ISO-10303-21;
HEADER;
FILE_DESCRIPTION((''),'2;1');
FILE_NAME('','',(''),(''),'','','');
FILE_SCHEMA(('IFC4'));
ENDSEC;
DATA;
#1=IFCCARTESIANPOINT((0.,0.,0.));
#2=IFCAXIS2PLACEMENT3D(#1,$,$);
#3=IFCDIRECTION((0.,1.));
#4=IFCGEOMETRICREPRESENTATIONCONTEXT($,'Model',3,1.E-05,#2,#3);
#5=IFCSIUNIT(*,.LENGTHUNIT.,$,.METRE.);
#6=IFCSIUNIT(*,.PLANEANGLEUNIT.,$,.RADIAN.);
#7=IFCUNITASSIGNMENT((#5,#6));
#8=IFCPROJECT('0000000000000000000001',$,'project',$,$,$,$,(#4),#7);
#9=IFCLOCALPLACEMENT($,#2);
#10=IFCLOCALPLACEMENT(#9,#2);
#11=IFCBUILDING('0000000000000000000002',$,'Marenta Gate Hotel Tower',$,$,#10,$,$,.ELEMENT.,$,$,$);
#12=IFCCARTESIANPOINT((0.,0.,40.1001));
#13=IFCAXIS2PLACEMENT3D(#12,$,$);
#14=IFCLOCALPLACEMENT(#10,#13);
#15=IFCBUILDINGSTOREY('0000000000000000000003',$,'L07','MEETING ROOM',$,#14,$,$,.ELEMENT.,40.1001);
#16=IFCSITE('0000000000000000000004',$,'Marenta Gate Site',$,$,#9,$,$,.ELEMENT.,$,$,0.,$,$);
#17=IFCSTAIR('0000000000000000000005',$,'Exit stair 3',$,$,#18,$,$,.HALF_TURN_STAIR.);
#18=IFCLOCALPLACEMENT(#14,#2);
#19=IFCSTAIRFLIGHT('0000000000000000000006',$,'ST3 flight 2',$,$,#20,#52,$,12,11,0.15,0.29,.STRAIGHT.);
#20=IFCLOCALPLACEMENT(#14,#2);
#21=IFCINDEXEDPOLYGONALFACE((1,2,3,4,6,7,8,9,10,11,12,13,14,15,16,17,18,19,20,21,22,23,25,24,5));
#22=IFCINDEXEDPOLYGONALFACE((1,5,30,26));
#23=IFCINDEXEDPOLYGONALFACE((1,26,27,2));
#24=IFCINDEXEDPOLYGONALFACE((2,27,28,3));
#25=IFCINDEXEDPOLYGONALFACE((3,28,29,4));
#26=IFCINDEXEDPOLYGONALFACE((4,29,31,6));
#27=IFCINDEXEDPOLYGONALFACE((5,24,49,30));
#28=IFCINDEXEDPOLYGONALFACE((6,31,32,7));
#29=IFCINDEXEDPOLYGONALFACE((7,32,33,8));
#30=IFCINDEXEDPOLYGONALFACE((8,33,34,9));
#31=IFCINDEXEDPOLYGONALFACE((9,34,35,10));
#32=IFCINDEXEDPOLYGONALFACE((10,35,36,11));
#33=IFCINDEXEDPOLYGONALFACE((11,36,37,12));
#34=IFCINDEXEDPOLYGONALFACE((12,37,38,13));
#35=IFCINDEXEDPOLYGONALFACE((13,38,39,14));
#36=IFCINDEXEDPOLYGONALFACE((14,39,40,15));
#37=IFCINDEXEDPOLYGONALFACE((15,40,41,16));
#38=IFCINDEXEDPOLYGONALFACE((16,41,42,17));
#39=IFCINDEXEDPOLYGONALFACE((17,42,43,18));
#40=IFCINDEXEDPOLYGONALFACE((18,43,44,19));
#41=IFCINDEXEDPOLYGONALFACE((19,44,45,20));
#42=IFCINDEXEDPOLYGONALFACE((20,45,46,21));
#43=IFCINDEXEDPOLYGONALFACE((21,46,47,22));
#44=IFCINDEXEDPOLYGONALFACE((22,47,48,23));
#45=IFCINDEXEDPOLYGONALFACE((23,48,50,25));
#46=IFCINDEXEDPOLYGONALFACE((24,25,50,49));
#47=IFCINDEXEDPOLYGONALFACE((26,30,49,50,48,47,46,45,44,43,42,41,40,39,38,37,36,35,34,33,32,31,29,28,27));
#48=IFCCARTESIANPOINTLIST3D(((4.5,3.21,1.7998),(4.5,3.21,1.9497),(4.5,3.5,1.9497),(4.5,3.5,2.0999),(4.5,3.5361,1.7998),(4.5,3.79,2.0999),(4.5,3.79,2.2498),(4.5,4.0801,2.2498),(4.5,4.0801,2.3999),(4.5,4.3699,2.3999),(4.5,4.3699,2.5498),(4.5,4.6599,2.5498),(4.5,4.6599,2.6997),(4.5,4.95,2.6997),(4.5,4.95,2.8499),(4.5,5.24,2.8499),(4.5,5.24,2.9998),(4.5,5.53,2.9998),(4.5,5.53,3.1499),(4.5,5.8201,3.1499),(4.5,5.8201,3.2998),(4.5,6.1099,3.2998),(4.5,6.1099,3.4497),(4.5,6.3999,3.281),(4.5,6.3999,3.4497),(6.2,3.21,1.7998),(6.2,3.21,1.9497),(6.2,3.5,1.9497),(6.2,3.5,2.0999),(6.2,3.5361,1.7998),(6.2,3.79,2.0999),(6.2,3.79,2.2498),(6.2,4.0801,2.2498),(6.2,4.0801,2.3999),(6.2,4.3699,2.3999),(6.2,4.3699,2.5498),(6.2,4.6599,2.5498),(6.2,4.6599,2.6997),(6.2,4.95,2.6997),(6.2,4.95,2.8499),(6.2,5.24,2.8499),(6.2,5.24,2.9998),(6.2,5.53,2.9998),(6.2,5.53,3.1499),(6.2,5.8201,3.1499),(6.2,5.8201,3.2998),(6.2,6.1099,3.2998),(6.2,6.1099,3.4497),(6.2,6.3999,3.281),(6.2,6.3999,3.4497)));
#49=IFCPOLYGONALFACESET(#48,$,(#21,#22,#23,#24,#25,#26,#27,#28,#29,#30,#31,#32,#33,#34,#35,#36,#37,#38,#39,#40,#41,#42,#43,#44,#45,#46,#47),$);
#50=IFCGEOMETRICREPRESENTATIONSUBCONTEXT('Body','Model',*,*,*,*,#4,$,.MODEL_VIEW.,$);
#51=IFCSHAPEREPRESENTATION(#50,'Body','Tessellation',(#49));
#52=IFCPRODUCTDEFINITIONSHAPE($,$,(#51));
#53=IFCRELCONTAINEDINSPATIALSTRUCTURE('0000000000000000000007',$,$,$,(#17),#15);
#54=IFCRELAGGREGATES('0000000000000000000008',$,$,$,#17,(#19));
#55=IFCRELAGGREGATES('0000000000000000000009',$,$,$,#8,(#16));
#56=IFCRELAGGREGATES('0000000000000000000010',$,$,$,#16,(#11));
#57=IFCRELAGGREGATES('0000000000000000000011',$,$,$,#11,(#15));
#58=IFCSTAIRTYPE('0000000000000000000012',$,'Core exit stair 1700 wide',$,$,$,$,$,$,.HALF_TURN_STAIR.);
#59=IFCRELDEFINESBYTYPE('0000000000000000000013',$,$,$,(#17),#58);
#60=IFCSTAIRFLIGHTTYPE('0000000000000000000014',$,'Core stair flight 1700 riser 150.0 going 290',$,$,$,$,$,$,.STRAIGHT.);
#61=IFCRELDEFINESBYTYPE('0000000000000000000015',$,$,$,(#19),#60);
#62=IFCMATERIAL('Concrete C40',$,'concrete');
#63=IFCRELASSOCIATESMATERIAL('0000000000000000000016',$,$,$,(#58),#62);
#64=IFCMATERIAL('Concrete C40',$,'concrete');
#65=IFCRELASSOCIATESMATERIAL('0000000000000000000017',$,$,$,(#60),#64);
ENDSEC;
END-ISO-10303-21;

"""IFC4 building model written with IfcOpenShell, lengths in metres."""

from ifc_helpers import new_model, si_unit, direction, frame, origin, place, context, subcontext, project, spatial, polyline, outline, extrude, material, type_object, element, aggregate, save


model = new_model("IFC4")

# Units and contexts
model_context = context("Model", 3, precision=1e-05, world=origin(), true_north=direction((0.0, 1.0)))
body_context = subcontext(model_context, "Body", "Model", "MODEL_VIEW")
ifc_project = project(units=[si_unit("LENGTHUNIT", "METRE"), si_unit("PLANEANGLEUNIT", "RADIAN")], contexts=[model_context])

# Site, building, storey
site_placement = place(None, origin())
site = spatial("IfcSite", under=ifc_project, at=site_placement, Name="Marenta Gate Site", CompositionType="ELEMENT", RefElevation=0.0)
building_placement = place(site_placement, origin())
building = spatial("IfcBuilding", under=site, at=building_placement, Name="Marenta Gate Hotel Tower", CompositionType="ELEMENT")
storey_placement = place(building_placement, frame((0.0, 0.0, 40.1001)))
storey = spatial("IfcBuildingStorey", under=building, at=storey_placement, Name="L07", Description="MEETING ROOM", CompositionType="ELEMENT", Elevation=40.1001)

# Stair, stair flight
ifc_material_1 = material(Name="Concrete C40", Category="concrete")
stair_type = type_object("IfcStairType", Name="Core exit stair 1700 wide", PredefinedType="HALF_TURN_STAIR", material=ifc_material_1)
stair_placement = place(storey_placement, origin())
stair = element("IfcStair", 1, at=stair_placement, inside=storey, type_object=stair_type, Name="Exit stair 3", PredefinedType="HALF_TURN_STAIR")
ifc_material_2 = material(Name="Concrete C40", Category="concrete")
stair_flight_type = type_object("IfcStairFlightType", Name="Core stair flight 1700 riser 150.0 going 290", PredefinedType="STRAIGHT", material=ifc_material_2)
stair_flight_1_placement = place(storey_placement, frame((5.3501, 3.21, 1.7998), z_axis=(0.0, 0.0, 1.0), x_axis=(0.0, 1.0, 0.0)))
stair_flight_1 = element("IfcStairFlight", 2, at=stair_flight_1_placement, type_object=stair_flight_type, Name="ST3 flight 2", NumberOfRisers=12, NumberOfTreads=11, PredefinedType="STRAIGHT", RiserHeight=0.15, TreadLength=0.29, context=body_context, shape_type="SweptSolid", body=[
    extrude(outline(polyline([(0.0, 0.0), (0.0, 0.1499), (0.29, 0.1499), (0.29, 0.3), (0.5801, 0.3), (0.5801, 0.45), (0.8701, 0.45), (0.8701, 0.6001), (1.1599, 0.6001), (1.1599, 0.75), (1.45, 0.75), (1.45, 0.8999), (1.74, 0.8999), (1.74, 1.05), (2.03, 1.05), (2.03, 1.2), (2.3201, 1.2), (2.3201, 1.3501), (2.6101, 1.3501), (2.6101, 1.5), (2.8999, 1.5), (2.8999, 1.6499), (3.1899, 1.6499), (3.1899, 1.8), (3.1899, 1.4812), (0.3262, 0.0), (0.0, 0.0)])), frame((0.0, 0.8501, 0.0), z_axis=(0.0, -1.0, 0.0), x_axis=(1.0, 0.0, 0.0)), (0.0, 0.0, 1.0), 1.7),
])
aggregate(stair, [stair_flight_1])

save(model, "model.ifc")
